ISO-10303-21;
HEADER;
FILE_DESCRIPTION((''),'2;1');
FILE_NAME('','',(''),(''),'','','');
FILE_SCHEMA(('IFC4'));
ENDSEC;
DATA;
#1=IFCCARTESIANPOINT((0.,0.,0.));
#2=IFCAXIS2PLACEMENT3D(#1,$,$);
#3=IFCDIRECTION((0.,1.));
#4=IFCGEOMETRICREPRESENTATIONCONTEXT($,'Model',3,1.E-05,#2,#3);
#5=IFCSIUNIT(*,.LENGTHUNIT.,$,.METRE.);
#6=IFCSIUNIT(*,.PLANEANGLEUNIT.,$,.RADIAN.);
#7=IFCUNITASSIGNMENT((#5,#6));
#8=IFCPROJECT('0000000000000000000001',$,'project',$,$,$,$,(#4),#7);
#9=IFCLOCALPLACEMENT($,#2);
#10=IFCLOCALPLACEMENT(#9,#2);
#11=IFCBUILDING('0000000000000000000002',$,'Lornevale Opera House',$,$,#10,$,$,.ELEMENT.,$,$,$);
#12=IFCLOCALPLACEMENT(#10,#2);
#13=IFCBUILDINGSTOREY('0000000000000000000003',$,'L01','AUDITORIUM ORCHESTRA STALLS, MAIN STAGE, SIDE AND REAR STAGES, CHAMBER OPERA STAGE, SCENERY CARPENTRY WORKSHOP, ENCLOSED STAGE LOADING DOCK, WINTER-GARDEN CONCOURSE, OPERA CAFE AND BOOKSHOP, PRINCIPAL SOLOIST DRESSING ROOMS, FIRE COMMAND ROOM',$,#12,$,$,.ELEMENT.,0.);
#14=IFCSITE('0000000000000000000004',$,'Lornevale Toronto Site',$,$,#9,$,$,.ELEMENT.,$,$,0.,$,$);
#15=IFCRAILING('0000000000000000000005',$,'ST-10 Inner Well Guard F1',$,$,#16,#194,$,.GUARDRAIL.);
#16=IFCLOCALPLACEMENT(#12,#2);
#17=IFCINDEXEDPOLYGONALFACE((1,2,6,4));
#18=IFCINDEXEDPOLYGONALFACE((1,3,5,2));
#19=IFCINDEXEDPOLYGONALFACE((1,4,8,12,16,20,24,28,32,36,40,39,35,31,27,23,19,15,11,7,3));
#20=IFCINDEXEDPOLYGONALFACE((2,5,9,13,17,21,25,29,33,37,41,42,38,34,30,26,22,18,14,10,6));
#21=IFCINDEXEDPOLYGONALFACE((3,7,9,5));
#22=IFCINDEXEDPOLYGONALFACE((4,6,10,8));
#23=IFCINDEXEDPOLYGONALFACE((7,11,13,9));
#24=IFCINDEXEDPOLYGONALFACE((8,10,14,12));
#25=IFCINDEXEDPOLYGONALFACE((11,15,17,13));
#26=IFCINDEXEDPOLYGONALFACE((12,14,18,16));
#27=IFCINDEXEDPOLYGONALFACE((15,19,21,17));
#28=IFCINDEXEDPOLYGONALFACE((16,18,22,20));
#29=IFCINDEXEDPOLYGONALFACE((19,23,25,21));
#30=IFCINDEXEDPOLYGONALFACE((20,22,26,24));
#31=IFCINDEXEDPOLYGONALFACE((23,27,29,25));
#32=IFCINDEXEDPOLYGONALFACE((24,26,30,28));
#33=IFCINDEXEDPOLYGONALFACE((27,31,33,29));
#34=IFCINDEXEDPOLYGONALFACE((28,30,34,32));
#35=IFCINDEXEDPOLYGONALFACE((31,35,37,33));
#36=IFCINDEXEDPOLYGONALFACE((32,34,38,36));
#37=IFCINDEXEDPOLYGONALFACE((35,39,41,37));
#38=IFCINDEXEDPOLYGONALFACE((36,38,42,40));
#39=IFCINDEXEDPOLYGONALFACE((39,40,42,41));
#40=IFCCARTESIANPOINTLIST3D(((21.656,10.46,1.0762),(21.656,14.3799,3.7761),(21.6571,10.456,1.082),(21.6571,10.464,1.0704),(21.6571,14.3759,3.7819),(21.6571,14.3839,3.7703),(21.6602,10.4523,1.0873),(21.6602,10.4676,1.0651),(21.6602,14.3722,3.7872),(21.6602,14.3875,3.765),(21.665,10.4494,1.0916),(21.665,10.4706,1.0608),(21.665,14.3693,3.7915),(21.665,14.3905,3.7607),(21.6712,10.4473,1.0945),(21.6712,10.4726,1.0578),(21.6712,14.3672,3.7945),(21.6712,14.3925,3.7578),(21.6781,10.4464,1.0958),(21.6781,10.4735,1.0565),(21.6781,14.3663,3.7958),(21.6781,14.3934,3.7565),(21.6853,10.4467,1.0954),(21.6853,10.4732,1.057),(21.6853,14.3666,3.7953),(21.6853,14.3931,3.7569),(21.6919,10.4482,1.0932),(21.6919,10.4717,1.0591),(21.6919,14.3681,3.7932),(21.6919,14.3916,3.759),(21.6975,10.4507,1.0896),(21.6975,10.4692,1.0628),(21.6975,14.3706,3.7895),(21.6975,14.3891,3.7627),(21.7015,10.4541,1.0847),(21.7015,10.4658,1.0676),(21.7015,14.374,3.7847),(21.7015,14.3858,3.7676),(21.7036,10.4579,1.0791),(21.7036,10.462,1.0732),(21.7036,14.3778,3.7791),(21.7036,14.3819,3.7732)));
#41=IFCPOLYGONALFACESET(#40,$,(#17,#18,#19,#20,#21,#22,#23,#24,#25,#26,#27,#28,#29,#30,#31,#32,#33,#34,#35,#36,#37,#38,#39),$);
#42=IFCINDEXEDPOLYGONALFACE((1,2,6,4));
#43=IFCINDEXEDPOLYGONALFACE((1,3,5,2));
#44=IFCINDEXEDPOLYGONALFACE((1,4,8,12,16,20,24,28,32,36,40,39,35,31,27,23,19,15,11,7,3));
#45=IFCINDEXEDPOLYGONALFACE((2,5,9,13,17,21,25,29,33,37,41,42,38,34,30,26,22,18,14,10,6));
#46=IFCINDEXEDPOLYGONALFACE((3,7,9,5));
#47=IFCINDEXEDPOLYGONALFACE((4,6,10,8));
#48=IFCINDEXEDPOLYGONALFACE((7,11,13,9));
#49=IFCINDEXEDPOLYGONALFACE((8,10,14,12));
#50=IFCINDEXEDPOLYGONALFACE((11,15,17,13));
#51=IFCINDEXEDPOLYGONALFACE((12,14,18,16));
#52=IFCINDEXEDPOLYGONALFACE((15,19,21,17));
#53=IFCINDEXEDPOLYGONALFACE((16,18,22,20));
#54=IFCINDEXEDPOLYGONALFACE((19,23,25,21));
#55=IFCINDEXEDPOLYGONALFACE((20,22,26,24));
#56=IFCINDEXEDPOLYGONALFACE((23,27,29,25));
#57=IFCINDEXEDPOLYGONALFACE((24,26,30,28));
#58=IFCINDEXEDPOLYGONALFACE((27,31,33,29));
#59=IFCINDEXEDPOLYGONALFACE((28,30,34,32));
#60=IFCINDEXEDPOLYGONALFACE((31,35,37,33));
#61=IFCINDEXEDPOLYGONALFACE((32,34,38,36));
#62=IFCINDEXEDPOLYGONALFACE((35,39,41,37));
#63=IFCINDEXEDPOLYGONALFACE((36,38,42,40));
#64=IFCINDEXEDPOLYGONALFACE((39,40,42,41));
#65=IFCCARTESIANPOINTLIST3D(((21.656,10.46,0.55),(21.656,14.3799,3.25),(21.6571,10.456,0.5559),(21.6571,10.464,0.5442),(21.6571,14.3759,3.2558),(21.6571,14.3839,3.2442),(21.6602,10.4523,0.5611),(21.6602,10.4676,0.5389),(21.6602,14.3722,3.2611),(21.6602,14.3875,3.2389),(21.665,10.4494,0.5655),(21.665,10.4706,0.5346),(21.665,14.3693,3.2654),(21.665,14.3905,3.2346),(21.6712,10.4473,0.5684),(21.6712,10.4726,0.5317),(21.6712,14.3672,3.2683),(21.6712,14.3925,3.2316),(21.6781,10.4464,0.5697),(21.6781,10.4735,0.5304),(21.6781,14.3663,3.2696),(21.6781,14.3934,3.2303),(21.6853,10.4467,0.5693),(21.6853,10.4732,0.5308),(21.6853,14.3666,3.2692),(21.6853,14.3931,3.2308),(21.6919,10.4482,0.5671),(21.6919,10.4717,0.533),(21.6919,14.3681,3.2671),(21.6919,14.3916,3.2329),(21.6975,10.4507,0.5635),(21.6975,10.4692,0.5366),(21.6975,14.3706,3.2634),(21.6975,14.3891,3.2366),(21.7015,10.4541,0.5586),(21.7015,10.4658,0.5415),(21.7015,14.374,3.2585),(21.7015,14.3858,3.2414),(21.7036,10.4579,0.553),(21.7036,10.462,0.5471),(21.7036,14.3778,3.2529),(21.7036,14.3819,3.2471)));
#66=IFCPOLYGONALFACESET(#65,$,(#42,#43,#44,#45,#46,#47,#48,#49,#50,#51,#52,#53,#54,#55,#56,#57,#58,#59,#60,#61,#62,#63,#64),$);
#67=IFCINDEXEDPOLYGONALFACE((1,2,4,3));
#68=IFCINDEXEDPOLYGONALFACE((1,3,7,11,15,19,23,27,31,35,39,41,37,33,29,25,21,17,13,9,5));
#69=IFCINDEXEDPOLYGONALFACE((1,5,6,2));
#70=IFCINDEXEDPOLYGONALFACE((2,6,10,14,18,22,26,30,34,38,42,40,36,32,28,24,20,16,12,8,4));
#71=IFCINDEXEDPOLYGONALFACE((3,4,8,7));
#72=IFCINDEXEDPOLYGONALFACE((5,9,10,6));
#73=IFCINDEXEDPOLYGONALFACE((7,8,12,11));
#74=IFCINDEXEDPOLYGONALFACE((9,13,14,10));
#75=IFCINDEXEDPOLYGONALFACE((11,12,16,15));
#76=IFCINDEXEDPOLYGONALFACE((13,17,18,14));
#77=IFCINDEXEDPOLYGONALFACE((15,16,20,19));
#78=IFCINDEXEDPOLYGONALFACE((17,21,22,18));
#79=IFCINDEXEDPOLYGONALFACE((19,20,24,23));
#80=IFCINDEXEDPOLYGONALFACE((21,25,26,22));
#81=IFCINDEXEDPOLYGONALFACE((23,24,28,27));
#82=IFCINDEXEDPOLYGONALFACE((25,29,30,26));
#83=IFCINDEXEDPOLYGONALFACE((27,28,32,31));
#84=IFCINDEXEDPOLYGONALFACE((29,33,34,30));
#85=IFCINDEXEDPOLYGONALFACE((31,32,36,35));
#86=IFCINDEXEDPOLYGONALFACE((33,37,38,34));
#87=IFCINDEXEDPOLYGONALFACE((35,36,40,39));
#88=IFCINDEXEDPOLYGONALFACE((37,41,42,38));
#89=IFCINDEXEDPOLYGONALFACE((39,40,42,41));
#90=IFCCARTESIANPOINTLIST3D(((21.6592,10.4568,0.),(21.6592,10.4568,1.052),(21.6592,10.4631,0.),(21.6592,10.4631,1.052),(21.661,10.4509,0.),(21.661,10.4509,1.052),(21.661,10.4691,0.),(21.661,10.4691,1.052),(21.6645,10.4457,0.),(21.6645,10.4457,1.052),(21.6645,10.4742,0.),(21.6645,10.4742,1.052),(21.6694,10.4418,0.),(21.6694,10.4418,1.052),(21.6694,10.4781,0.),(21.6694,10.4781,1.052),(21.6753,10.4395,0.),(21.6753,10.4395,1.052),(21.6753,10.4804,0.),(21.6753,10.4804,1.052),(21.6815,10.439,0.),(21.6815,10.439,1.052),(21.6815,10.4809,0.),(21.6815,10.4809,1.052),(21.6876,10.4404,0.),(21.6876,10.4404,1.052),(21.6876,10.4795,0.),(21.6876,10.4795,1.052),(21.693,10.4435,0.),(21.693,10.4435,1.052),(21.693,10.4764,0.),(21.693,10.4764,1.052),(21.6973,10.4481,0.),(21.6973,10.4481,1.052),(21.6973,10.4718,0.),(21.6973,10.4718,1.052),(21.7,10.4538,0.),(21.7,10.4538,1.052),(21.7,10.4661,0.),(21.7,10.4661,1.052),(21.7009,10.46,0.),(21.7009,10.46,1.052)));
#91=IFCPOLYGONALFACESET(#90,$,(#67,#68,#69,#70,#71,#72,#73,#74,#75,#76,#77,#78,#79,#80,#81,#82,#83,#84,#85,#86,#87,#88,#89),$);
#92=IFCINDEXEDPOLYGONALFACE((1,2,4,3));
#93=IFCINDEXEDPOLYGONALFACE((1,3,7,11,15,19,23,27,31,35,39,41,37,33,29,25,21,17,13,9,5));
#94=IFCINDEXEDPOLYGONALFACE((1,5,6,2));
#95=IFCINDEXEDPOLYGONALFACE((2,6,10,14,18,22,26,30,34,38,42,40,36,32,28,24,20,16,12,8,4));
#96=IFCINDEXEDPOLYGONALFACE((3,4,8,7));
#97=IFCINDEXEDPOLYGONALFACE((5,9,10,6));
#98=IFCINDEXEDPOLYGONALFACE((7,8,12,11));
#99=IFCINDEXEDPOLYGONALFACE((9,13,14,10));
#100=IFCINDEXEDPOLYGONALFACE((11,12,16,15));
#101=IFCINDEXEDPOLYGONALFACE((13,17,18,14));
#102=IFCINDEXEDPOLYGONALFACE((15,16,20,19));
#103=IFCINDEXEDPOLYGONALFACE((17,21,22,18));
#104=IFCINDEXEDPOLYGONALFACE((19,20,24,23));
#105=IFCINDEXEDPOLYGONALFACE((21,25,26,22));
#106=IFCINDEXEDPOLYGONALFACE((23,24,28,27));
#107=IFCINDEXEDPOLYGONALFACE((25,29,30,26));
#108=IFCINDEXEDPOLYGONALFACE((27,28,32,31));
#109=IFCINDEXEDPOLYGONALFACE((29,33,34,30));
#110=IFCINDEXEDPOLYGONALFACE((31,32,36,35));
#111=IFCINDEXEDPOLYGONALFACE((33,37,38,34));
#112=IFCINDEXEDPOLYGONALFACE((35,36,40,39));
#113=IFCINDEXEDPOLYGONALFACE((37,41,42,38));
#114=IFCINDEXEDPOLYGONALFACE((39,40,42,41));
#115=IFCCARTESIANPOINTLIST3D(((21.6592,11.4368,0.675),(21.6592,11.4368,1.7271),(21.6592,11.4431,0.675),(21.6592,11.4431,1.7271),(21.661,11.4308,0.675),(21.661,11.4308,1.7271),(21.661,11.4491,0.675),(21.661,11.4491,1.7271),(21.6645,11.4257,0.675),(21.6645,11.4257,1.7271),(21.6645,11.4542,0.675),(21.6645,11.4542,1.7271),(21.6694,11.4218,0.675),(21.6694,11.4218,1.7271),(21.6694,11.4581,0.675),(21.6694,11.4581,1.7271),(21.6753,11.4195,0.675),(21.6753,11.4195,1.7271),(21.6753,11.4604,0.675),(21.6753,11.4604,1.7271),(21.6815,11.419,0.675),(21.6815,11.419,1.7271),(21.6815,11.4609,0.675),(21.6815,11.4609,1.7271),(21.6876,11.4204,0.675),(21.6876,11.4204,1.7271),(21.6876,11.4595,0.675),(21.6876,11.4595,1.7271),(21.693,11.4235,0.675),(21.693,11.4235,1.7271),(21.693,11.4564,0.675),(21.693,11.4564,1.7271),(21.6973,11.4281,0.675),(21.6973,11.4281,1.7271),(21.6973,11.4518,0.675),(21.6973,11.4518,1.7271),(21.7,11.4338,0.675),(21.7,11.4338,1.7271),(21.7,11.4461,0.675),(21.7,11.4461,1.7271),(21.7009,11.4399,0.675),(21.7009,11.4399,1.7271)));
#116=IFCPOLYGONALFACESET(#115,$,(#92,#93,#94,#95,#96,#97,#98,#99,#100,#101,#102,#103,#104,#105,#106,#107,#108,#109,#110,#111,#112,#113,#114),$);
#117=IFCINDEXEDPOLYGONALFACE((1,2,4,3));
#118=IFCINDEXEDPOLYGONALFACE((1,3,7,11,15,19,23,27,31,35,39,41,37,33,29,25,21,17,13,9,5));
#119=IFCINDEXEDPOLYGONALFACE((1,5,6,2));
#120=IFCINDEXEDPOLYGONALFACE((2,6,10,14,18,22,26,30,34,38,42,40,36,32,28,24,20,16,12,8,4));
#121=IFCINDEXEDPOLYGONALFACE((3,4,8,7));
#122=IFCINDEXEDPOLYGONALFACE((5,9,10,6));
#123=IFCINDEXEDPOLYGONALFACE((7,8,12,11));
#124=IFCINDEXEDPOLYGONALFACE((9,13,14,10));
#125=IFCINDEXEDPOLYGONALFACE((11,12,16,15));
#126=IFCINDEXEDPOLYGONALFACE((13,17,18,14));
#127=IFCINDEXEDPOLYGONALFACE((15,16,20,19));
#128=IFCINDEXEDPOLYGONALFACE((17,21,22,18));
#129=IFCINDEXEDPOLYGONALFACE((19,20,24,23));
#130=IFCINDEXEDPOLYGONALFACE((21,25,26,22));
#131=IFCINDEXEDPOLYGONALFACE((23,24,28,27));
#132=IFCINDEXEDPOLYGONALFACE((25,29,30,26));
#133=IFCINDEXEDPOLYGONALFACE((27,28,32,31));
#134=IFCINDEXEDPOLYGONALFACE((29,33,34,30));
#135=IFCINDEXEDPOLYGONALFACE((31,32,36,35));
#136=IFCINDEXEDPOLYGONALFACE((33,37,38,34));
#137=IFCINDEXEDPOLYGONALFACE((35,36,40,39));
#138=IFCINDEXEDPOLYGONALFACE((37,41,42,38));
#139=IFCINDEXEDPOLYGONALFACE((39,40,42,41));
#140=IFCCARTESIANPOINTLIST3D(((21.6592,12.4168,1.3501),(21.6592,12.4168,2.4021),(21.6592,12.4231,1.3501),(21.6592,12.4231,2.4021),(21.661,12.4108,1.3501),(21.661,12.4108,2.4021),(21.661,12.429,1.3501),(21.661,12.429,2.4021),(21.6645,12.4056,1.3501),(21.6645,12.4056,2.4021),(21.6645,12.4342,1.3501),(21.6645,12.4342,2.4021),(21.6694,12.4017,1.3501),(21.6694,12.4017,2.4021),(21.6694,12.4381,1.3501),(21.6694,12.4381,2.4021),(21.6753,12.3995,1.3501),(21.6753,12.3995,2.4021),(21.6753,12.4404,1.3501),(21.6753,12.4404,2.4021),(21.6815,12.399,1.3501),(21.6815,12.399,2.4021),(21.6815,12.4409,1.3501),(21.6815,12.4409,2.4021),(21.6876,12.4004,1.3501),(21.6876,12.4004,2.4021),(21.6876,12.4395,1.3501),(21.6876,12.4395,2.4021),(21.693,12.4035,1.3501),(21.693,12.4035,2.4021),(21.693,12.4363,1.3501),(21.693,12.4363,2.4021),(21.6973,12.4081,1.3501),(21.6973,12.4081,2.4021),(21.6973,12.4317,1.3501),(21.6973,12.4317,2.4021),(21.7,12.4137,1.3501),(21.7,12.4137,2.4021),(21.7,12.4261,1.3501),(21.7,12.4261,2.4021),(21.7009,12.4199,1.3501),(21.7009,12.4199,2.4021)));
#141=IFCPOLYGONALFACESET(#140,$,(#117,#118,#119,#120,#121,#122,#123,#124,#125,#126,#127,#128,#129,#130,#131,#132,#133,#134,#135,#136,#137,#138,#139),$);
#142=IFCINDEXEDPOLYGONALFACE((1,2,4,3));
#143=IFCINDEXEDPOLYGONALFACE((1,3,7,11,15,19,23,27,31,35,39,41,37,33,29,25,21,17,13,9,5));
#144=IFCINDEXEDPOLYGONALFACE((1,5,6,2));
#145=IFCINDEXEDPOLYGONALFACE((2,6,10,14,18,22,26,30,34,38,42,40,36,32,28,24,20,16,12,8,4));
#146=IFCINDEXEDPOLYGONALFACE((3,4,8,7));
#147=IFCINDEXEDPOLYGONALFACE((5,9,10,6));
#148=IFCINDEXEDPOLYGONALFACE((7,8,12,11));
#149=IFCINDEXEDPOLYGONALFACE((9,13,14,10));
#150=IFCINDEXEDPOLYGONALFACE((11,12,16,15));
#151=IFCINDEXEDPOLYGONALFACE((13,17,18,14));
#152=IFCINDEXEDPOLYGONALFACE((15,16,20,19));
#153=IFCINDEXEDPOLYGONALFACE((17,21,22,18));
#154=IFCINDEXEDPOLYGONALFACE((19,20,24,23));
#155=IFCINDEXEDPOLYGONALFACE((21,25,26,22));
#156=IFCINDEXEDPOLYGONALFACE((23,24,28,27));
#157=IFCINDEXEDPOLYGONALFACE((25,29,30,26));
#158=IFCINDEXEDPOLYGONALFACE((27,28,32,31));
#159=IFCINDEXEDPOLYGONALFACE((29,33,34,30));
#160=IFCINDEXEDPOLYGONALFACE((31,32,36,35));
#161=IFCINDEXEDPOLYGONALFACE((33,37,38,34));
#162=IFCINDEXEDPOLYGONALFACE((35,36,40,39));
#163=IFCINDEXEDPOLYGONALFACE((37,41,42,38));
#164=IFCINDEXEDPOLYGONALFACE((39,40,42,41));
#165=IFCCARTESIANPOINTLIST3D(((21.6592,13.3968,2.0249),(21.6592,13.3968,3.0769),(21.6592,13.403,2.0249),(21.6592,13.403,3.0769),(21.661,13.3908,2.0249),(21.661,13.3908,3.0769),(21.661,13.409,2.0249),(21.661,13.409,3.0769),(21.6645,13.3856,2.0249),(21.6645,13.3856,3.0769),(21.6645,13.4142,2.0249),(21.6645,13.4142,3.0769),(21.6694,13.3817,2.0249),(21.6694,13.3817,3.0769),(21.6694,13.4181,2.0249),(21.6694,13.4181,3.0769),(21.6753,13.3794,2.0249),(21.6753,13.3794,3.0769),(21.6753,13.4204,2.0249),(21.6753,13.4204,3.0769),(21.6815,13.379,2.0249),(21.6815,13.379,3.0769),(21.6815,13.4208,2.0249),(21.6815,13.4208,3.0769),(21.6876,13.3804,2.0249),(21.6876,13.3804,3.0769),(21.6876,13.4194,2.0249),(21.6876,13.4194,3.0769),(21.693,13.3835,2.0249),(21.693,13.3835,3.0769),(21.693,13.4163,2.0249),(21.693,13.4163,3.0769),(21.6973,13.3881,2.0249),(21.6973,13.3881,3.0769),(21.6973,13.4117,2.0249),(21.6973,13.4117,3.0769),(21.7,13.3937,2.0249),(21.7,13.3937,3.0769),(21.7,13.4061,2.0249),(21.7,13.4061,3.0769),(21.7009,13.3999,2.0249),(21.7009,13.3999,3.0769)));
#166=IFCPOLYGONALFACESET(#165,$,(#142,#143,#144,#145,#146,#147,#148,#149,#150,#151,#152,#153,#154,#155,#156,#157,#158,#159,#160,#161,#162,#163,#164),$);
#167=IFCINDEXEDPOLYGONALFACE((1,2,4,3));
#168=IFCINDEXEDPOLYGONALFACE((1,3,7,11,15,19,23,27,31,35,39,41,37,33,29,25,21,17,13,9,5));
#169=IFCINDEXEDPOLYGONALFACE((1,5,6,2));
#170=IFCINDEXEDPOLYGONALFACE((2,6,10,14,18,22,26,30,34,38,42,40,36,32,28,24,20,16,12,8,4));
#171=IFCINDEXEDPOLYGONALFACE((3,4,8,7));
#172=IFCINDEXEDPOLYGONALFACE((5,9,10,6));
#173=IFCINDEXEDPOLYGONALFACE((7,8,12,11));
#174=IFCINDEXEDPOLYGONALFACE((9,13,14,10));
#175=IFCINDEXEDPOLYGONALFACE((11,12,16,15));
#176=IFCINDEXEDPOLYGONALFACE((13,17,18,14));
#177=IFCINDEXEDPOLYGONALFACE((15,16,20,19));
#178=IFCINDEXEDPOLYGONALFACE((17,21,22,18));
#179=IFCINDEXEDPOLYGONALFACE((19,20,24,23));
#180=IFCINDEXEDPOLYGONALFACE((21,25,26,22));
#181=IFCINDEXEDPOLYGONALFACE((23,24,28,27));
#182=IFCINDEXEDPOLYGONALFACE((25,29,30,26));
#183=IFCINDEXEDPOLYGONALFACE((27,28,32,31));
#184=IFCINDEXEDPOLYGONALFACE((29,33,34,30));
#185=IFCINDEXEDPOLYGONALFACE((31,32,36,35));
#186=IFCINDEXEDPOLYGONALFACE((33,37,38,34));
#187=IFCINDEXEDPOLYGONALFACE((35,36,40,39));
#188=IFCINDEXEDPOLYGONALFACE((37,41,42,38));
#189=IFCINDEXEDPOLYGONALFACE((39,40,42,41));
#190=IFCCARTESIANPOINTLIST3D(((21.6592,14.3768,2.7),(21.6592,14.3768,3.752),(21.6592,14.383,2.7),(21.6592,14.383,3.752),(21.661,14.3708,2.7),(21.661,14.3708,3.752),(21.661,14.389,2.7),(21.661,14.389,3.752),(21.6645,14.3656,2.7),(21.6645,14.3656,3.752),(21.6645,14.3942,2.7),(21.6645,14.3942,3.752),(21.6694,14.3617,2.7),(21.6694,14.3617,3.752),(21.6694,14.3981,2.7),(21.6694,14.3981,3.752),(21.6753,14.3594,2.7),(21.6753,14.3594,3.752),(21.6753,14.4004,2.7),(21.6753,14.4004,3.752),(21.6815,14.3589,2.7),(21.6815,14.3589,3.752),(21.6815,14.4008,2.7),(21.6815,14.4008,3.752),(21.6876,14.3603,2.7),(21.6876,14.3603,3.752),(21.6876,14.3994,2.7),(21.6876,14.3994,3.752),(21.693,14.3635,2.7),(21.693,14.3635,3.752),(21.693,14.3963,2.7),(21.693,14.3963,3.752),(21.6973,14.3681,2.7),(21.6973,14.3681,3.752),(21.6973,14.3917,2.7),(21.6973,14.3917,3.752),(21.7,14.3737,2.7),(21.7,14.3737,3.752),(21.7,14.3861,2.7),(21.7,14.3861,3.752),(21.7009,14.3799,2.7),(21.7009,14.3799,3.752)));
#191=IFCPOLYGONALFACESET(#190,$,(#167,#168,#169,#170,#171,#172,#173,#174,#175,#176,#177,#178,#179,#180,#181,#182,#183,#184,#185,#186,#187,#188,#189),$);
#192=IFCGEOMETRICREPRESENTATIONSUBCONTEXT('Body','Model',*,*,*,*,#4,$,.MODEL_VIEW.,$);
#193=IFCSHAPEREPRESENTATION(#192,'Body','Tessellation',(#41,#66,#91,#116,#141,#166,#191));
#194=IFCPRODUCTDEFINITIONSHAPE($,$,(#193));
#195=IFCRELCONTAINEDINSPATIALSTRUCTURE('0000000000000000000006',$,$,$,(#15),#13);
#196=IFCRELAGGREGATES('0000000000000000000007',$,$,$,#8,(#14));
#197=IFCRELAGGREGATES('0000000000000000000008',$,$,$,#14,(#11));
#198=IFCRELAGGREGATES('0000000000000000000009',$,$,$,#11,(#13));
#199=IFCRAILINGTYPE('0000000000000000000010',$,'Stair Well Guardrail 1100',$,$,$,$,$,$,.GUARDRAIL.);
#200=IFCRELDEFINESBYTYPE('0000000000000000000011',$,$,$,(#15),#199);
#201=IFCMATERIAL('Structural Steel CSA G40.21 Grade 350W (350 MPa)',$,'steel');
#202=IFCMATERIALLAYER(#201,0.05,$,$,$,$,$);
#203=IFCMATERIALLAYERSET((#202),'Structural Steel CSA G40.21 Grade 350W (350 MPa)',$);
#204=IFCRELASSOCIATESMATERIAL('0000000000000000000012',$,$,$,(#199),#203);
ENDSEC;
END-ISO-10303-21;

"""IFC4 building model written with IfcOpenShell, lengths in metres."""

from ifc_helpers import new_model, si_unit, direction, frame, origin, origin_2d, place, context, subcontext, project, spatial, circle, extrude, material, layer, layer_set, type_object, element, save


model = new_model("IFC4")

# Units and contexts
model_context = context("Model", 3, precision=1e-05, world=origin(), true_north=direction((0.0, 1.0)))
body_context = subcontext(model_context, "Body", "Model", "MODEL_VIEW")
ifc_project = project(units=[si_unit("LENGTHUNIT", "METRE"), si_unit("PLANEANGLEUNIT", "RADIAN")], contexts=[model_context])

# Site, building, storey
site_placement = place(None, origin())
site = spatial("IfcSite", under=ifc_project, at=site_placement, Name="Lornevale Toronto Site", CompositionType="ELEMENT", RefElevation=0.0)
building_placement = place(site_placement, origin())
building = spatial("IfcBuilding", under=site, at=building_placement, Name="Lornevale Opera House", CompositionType="ELEMENT")
storey_placement = place(building_placement, origin())
storey = spatial("IfcBuildingStorey", under=building, at=storey_placement, Name="L01", Description="AUDITORIUM ORCHESTRA STALLS, MAIN STAGE, SIDE AND REAR STAGES, CHAMBER OPERA STAGE, SCENERY CARPENTRY WORKSHOP, ENCLOSED STAGE LOADING DOCK, WINTER-GARDEN CONCOURSE, OPERA CAFE AND BOOKSHOP, PRINCIPAL SOLOIST DRESSING ROOMS, FIRE COMMAND ROOM", CompositionType="ELEMENT", Elevation=0.0)

# Railing
ifc_material_1 = material(Name="Structural Steel CSA G40.21 Grade 350W (350 MPa)", Category="steel")
ifc_layer_1 = layer(ifc_material_1, 0.05)
ifc_layer_set_1 = layer_set([ifc_layer_1], Name="Structural Steel CSA G40.21 Grade 350W (350 MPa)")
railing_type_1 = type_object("IfcRailingType", Name="Stair Well Guardrail 1100", PredefinedType="GUARDRAIL", material=ifc_layer_set_1)
railing_1_placement = place(storey_placement, frame((21.6799, 10.46, 0.0)))
element("IfcRailing", 1, at=railing_1_placement, inside=storey, type_object=railing_type_1, Name="ST-10 Inner Well Guard F1", PredefinedType="GUARDRAIL", context=body_context, shape_type="SweptSolid", body=[
    extrude(circle(Radius=0.0239, at=origin_2d()), frame((0.0, 0.0, 1.0762), z_axis=(0.0, 0.823551, 0.567243), x_axis=(-1.0, 0.0, 0.0)), (0.0, 0.0, 1.0), 4.7598),
    extrude(circle(Radius=0.0239, at=origin_2d()), frame((0.0, 0.0, 0.55), z_axis=(0.0, 0.823551, 0.567243), x_axis=(-1.0, 0.0, 0.0)), (0.0, 0.0, 1.0), 4.7598),
    extrude(circle(Radius=0.021, at=origin_2d()), origin(), (0.0, 0.0, 1.0), 1.052),
    extrude(circle(Radius=0.021, at=origin_2d()), frame((0.0, 0.98, 0.675)), (0.0, 0.0, 1.0), 1.052),
    extrude(circle(Radius=0.021, at=origin_2d()), frame((0.0, 1.96, 1.3501)), (0.0, 0.0, 1.0), 1.052),
    extrude(circle(Radius=0.021, at=origin_2d()), frame((0.0, 2.9399, 2.0249)), (0.0, 0.0, 1.0), 1.052),
    extrude(circle(Radius=0.021, at=origin_2d()), frame((0.0, 3.9199, 2.7)), (0.0, 0.0, 1.0), 1.052),
])

save(model, "model.ifc")
